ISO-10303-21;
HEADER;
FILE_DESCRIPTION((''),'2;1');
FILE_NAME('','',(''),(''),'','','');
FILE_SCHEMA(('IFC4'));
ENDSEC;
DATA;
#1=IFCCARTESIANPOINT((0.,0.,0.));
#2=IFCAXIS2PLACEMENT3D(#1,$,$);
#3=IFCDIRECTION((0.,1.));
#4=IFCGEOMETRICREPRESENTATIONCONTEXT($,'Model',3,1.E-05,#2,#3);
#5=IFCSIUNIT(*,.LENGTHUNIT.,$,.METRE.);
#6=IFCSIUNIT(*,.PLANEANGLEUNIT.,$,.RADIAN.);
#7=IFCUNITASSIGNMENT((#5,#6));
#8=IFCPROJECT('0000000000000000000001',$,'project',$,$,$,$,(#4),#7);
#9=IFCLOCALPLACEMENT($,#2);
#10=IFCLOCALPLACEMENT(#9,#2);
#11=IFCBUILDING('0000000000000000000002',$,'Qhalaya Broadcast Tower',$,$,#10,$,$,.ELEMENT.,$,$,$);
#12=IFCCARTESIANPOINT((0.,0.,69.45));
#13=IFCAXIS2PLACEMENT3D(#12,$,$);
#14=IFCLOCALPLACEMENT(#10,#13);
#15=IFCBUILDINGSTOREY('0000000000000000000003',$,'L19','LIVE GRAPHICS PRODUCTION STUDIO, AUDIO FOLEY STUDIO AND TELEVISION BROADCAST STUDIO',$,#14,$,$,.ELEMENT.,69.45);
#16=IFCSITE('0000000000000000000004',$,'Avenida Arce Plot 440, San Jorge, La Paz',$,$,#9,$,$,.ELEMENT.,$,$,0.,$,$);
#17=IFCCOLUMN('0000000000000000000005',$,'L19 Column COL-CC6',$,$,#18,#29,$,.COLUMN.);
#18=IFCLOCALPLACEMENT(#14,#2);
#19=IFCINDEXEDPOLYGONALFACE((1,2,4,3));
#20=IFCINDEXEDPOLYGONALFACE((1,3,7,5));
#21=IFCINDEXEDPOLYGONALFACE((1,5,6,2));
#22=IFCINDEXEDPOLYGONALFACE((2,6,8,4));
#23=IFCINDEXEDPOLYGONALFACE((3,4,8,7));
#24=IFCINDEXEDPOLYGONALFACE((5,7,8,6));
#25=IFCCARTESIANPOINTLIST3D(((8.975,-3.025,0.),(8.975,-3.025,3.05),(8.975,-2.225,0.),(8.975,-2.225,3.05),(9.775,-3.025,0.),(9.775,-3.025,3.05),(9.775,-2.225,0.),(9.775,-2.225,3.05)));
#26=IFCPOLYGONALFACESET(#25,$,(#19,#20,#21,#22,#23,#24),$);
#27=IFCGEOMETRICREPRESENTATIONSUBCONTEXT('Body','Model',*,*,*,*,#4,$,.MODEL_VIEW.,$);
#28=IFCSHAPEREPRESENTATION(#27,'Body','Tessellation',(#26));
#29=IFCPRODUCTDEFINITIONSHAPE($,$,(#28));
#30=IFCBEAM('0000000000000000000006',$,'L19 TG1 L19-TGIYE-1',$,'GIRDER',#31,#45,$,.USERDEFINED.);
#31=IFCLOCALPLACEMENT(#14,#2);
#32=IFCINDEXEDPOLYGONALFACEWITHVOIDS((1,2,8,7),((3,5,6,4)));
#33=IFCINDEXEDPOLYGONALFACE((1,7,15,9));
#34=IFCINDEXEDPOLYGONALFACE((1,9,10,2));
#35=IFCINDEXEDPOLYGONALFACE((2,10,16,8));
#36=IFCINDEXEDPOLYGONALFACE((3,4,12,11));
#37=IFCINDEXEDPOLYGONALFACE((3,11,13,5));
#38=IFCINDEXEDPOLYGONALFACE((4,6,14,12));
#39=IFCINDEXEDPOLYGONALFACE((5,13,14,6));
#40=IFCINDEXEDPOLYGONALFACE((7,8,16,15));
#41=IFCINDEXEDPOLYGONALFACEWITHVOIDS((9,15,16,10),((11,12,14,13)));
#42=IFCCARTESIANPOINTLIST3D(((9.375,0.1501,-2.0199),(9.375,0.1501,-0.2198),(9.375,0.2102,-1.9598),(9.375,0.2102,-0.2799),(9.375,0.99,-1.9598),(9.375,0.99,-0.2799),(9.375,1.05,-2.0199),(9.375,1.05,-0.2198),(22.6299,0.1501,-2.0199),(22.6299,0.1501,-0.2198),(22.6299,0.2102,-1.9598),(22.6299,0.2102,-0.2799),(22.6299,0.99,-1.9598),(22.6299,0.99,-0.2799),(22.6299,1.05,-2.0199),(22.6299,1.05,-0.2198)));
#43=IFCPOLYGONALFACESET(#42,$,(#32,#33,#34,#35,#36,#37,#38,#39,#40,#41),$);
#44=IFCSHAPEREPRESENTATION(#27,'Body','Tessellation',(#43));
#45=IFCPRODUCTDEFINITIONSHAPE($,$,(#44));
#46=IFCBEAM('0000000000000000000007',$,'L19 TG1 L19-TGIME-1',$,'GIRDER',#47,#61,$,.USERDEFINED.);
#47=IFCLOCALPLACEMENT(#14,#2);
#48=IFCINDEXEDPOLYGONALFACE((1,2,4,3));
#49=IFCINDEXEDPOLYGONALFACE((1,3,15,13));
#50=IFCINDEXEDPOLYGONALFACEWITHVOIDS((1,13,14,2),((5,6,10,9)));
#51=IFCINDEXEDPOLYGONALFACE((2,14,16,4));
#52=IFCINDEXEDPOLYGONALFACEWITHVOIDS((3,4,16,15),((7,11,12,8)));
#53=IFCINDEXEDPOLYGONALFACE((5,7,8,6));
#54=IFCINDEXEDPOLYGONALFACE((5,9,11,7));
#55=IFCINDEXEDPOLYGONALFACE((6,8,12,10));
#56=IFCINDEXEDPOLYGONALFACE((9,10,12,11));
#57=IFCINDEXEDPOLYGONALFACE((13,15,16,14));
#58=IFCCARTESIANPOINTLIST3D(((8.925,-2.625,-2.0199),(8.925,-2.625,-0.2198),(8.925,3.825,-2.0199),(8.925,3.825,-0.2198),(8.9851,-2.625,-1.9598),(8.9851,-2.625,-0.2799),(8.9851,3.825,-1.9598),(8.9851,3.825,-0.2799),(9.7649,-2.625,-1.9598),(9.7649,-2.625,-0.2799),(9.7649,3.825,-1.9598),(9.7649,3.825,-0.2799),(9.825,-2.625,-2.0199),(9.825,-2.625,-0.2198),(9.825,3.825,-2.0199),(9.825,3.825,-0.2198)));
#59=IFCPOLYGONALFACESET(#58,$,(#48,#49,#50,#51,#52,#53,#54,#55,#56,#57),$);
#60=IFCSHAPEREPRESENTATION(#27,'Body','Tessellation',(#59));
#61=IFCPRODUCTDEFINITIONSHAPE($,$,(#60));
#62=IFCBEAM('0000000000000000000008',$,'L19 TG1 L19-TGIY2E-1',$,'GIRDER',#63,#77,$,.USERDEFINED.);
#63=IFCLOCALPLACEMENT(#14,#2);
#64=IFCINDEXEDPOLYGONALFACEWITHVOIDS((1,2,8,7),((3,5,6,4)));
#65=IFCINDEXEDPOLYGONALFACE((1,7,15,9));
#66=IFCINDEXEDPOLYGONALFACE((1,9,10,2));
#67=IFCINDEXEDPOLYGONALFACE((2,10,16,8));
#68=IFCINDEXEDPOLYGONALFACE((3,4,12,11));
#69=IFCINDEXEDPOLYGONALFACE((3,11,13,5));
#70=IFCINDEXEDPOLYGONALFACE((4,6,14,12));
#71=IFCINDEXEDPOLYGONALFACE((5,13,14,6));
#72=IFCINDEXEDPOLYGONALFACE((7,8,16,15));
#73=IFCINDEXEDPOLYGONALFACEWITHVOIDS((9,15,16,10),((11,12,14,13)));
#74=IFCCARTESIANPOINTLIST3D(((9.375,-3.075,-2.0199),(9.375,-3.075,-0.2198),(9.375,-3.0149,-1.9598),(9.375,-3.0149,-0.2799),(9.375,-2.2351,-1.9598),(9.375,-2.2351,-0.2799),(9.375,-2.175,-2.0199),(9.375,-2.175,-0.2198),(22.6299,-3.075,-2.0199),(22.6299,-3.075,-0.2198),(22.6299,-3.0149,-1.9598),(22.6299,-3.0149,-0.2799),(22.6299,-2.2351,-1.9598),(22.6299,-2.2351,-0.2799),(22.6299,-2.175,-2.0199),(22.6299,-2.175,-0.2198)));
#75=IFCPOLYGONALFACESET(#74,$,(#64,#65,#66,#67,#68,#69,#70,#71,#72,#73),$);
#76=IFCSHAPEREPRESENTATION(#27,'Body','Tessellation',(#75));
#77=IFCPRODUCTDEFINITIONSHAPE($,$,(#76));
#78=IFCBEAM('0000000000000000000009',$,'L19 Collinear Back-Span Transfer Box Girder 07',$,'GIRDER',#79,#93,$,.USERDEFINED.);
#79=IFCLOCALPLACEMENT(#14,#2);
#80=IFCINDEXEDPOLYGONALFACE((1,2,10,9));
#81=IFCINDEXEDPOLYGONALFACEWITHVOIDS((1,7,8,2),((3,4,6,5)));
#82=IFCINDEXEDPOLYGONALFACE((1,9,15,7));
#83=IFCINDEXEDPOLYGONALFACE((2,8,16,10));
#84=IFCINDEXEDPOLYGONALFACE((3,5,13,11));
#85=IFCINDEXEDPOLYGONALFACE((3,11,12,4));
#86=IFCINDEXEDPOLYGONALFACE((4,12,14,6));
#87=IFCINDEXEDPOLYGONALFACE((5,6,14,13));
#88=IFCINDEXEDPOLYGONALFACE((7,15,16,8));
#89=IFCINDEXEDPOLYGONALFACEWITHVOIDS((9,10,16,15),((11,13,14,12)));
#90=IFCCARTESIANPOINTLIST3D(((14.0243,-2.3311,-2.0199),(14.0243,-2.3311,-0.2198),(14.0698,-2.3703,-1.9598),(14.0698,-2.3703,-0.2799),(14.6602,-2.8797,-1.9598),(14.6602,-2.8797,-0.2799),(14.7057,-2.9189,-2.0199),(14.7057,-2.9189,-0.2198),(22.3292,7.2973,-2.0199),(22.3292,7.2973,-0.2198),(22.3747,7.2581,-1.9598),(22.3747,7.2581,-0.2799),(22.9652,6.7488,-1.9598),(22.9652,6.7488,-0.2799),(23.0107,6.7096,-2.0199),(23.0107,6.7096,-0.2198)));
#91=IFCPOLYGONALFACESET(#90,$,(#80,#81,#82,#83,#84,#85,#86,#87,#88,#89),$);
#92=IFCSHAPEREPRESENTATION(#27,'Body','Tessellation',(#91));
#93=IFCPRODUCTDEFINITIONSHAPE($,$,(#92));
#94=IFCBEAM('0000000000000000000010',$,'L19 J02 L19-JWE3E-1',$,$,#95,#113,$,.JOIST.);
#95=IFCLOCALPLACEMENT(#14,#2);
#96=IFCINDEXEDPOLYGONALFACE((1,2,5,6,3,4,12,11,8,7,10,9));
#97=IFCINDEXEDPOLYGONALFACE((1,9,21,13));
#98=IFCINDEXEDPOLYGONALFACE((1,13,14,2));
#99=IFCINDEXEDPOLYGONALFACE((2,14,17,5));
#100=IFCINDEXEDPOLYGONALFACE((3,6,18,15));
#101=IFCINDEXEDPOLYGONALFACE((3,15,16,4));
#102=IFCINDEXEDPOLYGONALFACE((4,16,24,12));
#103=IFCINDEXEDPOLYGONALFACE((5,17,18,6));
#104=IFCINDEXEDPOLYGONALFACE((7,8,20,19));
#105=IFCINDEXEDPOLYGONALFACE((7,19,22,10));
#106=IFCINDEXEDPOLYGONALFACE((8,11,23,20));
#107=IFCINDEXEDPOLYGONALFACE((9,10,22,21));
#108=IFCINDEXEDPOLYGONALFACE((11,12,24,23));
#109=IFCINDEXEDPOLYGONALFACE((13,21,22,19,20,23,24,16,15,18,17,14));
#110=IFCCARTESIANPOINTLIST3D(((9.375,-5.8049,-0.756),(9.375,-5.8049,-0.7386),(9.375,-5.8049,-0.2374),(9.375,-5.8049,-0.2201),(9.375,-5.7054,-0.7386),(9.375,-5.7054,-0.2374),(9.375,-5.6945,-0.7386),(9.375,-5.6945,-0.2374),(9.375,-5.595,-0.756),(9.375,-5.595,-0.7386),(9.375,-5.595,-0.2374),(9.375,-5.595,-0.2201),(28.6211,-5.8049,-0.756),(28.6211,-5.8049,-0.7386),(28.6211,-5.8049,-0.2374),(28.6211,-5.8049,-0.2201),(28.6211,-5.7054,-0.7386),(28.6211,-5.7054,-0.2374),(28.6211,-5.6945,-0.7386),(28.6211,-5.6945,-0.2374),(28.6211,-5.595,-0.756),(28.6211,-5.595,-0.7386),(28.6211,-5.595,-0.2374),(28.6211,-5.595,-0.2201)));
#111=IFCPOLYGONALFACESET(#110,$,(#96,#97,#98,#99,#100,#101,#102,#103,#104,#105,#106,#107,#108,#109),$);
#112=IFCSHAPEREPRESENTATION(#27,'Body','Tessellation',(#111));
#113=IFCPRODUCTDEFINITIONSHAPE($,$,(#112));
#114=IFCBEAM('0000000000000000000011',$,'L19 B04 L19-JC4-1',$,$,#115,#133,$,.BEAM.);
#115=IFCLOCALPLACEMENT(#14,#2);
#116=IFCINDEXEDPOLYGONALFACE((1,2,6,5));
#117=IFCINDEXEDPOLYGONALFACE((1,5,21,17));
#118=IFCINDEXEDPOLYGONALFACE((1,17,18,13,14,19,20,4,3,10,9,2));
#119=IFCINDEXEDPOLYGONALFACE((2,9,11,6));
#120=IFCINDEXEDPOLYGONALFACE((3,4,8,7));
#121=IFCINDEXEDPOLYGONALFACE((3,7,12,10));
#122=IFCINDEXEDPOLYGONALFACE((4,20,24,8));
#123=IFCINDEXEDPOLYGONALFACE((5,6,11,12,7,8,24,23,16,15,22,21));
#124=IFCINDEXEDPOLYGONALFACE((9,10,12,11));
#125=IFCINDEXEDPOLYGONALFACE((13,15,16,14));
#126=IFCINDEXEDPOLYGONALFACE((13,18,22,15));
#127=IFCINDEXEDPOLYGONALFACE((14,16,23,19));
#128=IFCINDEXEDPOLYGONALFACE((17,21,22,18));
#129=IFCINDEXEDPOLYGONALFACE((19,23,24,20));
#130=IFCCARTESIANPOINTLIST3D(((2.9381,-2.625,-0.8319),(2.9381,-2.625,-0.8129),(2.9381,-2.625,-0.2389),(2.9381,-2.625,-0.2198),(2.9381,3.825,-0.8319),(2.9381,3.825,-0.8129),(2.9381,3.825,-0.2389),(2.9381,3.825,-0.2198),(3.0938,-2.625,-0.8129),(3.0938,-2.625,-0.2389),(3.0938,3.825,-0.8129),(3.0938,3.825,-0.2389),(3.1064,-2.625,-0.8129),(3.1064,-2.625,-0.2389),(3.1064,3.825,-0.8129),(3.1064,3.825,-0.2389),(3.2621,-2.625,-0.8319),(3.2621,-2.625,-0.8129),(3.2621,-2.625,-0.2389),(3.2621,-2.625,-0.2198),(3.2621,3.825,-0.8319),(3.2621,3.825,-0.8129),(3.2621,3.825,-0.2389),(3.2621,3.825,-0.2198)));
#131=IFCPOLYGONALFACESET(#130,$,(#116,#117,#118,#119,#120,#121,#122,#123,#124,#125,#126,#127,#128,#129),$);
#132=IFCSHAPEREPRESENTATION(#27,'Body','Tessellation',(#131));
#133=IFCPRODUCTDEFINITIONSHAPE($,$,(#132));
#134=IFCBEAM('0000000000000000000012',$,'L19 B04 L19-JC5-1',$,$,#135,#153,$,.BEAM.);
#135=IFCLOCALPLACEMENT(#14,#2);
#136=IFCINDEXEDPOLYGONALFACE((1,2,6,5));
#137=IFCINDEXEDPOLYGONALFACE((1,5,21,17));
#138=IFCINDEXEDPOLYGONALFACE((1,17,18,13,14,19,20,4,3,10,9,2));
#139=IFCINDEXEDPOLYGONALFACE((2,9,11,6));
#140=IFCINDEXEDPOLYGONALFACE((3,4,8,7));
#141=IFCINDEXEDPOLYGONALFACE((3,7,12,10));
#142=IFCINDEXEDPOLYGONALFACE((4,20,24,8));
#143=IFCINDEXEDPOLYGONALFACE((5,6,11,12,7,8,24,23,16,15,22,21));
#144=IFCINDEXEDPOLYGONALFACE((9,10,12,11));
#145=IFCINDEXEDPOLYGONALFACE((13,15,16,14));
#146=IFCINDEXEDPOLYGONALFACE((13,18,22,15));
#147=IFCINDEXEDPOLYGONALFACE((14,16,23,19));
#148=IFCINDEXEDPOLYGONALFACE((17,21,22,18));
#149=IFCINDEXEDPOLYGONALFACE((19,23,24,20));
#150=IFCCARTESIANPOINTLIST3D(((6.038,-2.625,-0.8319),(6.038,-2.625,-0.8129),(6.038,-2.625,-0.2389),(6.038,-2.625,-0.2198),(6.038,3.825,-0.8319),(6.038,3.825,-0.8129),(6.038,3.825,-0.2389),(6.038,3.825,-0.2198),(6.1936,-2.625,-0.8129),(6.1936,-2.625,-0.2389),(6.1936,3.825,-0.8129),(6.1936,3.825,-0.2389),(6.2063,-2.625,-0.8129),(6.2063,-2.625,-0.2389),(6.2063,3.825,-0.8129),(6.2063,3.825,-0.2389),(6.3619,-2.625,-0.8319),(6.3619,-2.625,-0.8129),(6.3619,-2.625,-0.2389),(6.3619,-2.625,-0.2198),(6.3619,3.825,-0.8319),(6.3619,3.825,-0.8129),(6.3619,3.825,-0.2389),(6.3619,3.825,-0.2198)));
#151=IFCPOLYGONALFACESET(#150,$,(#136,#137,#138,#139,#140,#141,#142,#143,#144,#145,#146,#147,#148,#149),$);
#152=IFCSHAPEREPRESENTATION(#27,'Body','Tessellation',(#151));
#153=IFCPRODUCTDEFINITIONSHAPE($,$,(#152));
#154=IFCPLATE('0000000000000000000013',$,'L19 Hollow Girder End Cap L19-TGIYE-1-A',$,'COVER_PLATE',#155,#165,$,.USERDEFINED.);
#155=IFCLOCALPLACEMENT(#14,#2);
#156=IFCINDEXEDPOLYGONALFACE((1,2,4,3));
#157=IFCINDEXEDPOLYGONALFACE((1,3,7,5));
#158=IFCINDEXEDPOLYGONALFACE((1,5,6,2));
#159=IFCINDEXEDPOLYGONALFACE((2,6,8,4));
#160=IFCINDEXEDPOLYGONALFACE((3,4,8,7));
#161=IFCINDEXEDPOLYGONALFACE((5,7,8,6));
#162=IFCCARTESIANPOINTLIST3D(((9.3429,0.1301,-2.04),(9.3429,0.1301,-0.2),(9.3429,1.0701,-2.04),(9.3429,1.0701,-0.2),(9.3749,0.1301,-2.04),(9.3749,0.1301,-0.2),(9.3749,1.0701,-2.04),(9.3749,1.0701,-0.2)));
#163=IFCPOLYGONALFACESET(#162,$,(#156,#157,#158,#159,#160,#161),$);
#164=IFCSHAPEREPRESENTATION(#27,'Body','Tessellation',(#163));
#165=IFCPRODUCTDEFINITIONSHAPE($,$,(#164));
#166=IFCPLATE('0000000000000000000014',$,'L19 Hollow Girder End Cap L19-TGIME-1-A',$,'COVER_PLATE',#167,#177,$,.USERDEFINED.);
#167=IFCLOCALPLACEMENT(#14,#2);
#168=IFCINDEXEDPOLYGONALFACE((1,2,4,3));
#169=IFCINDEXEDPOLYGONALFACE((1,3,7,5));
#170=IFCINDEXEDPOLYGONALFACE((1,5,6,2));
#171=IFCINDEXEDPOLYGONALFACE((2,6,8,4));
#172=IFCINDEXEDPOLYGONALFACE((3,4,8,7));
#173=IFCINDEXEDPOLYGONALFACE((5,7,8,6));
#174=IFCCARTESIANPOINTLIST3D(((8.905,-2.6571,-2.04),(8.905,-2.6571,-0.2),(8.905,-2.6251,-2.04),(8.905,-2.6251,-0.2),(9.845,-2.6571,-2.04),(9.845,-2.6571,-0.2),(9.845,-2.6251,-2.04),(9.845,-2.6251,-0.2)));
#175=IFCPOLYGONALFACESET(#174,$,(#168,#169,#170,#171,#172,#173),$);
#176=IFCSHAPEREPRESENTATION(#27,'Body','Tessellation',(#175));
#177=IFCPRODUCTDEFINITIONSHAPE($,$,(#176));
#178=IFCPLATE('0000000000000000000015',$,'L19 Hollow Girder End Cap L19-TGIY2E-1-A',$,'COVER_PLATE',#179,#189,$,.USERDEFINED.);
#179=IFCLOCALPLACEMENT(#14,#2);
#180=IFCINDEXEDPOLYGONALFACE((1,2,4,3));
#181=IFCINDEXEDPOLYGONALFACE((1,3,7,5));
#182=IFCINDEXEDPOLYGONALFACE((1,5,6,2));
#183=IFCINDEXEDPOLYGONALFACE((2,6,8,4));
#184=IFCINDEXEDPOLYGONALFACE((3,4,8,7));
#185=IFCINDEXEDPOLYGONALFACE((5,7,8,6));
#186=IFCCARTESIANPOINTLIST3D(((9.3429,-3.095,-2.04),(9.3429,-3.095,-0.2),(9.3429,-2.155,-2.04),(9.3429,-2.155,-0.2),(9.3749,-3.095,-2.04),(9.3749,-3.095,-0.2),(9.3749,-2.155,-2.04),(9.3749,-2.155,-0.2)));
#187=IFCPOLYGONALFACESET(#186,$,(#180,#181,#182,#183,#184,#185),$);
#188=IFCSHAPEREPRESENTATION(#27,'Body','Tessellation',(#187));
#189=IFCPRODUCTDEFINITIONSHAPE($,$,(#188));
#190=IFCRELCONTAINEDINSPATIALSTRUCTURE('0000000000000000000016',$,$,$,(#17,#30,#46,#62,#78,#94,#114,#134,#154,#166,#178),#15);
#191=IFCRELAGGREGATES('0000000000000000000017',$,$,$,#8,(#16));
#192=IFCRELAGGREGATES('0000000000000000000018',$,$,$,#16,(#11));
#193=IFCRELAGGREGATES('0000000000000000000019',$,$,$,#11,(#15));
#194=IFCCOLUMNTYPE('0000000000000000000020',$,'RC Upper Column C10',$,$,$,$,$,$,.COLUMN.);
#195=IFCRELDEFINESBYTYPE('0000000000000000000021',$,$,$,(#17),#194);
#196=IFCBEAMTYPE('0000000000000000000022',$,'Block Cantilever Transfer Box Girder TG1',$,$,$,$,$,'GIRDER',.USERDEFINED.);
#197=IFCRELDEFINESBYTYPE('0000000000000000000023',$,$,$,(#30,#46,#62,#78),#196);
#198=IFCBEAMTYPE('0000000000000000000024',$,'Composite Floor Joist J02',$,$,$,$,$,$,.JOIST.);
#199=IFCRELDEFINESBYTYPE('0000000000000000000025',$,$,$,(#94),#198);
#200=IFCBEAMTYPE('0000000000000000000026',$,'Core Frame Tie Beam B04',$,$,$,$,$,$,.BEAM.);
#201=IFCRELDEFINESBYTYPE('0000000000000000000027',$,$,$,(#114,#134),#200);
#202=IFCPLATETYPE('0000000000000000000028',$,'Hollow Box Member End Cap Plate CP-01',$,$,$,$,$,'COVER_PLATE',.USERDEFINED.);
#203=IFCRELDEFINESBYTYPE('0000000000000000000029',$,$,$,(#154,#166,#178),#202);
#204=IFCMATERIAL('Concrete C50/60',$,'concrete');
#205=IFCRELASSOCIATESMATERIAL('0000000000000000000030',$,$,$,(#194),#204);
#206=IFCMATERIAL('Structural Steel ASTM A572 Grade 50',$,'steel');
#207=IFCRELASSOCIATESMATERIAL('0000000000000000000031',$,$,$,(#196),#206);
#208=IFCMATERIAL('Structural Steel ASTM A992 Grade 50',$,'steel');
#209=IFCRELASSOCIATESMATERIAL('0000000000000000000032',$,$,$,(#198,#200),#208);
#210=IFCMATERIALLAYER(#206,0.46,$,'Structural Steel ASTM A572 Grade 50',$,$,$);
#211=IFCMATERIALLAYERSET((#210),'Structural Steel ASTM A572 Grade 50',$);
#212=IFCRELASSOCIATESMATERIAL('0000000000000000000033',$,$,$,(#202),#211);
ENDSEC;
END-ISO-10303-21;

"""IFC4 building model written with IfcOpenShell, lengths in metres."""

from ifc_helpers import new_model, si_unit, direction, frame, origin, origin_2d, place, context, subcontext, project, spatial, rectangle, hollow_rectangle, i_section, extrude, material, layer, layer_set, material_profile, profile_set, type_object, element, save


model = new_model("IFC4")

# Units and contexts
model_context = context("Model", 3, precision=1e-05, world=origin(), true_north=direction((0.0, 1.0)))
body_context = subcontext(model_context, "Body", "Model", "MODEL_VIEW")
ifc_project = project(units=[si_unit("LENGTHUNIT", "METRE"), si_unit("PLANEANGLEUNIT", "RADIAN")], contexts=[model_context])

# Site, building, storey
site_placement = place(None, origin())
site = spatial("IfcSite", under=ifc_project, at=site_placement, Name="Avenida Arce Plot 440, San Jorge, La Paz", CompositionType="ELEMENT", RefElevation=0.0)
building_placement = place(site_placement, origin())
building = spatial("IfcBuilding", under=site, at=building_placement, Name="Qhalaya Broadcast Tower", CompositionType="ELEMENT")
storey_placement = place(building_placement, frame((0.0, 0.0, 69.45)))
storey = spatial("IfcBuildingStorey", under=building, at=storey_placement, Name="L19", Description="LIVE GRAPHICS PRODUCTION STUDIO, AUDIO FOLEY STUDIO AND TELEVISION BROADCAST STUDIO", CompositionType="ELEMENT", Elevation=69.45)

# Column
ifc_material_1 = material(Name="Concrete C50/60", Category="concrete")
ifc_material_profile_1 = material_profile(ifc_material_1, rectangle(XDim=0.8, YDim=0.8, at=origin_2d()), Name="RC-COL 800x800")
ifc_profile_set_1 = profile_set([ifc_material_profile_1], Name="Concrete C50/60")
column_type = type_object("IfcColumnType", Name="RC Upper Column C10", PredefinedType="COLUMN", material=ifc_profile_set_1)
column_placement = place(storey_placement, frame((9.375, -2.625, 0.0), z_axis=(0.0, 0.0, 1.0), x_axis=(1.0, 0.0, 0.0)))
element("IfcColumn", 1, at=column_placement, inside=storey, type_object=column_type, Name="L19 Column COL-CC6", PredefinedType="COLUMN", context=body_context, shape_type="SweptSolid", body=[
    extrude(rectangle(XDim=0.8, YDim=0.8, at=origin_2d()), origin(), (0.0, 0.0, 1.0), 3.05),
])

# Beams
ifc_material_2 = material(Name="Structural Steel ASTM A572 Grade 50", Category="steel")
ifc_material_profile_2 = material_profile(ifc_material_2, hollow_rectangle(XDim=0.8999, YDim=1.8, WallThickness=0.0601, at=origin_2d()), Name="BOX 900x1800x60")
ifc_profile_set_2 = profile_set([ifc_material_profile_2], Name="Structural Steel ASTM A572 Grade 50")
beam_type_1 = type_object("IfcBeamType", Name="Block Cantilever Transfer Box Girder TG1", ElementType="GIRDER", PredefinedType="USERDEFINED", material=ifc_profile_set_2)
beam_1_placement = place(storey_placement, frame((9.375, 0.6001, -1.1199), z_axis=(1.0, 0.0, 0.0), x_axis=(0.0, 1.0, 0.0)))
element("IfcBeam", 2, at=beam_1_placement, inside=storey, type_object=beam_type_1, Name="L19 TG1 L19-TGIYE-1", ObjectType="GIRDER", PredefinedType="USERDEFINED", context=body_context, shape_type="SweptSolid", body=[
    extrude(hollow_rectangle(XDim=0.8999, YDim=1.8, WallThickness=0.0601, at=origin_2d()), origin(), (0.0, 0.0, 1.0), 13.2549),
])
beam_2_placement = place(storey_placement, frame((9.375, -2.625, -1.1199), z_axis=(0.0, 1.0, 0.0), x_axis=(-1.0, 0.0, 0.0)))
element("IfcBeam", 3, at=beam_2_placement, inside=storey, type_object=beam_type_1, Name="L19 TG1 L19-TGIME-1", ObjectType="GIRDER", PredefinedType="USERDEFINED", context=body_context, shape_type="SweptSolid", body=[
    extrude(hollow_rectangle(XDim=0.8999, YDim=1.8, WallThickness=0.0601, at=origin_2d()), origin(), (0.0, 0.0, 1.0), 6.45),
])
beam_3_placement = place(storey_placement, frame((9.375, -2.625, -1.1199), z_axis=(1.0, 0.0, 0.0), x_axis=(0.0, 1.0, 0.0)))
element("IfcBeam", 4, at=beam_3_placement, inside=storey, type_object=beam_type_1, Name="L19 TG1 L19-TGIY2E-1", ObjectType="GIRDER", PredefinedType="USERDEFINED", context=body_context, shape_type="SweptSolid", body=[
    extrude(hollow_rectangle(XDim=0.8999, YDim=1.8, WallThickness=0.0601, at=origin_2d()), origin(), (0.0, 0.0, 1.0), 13.2549),
])
beam_4_placement = place(storey_placement, frame((14.365, -2.625, -1.1199), z_axis=(0.653146, 0.757232, 0.0), x_axis=(-0.757232, 0.653146, 0.0)))
element("IfcBeam", 5, at=beam_4_placement, inside=storey, type_object=beam_type_1, Name="L19 Collinear Back-Span Transfer Box Girder 07", ObjectType="GIRDER", PredefinedType="USERDEFINED", context=body_context, shape_type="SweptSolid", body=[
    extrude(hollow_rectangle(XDim=0.8999, YDim=1.8, WallThickness=0.0601, at=origin_2d()), origin(), (0.0, 0.0, 1.0), 12.7153),
])
ifc_material_3 = material(Name="Structural Steel ASTM A992 Grade 50", Category="steel")
ifc_material_profile_3 = material_profile(ifc_material_3, i_section(OverallWidth=0.21, OverallDepth=0.5359, WebThickness=0.011, FlangeThickness=0.0173, at=origin_2d()), Name="W21X68")
ifc_profile_set_3 = profile_set([ifc_material_profile_3], Name="Structural Steel ASTM A992 Grade 50")
beam_type_2 = type_object("IfcBeamType", Name="Composite Floor Joist J02", PredefinedType="JOIST", material=ifc_profile_set_3)
beam_5_placement = place(storey_placement, frame((9.375, -5.7, -0.488), z_axis=(1.0, 0.0, 0.0), x_axis=(0.0, 1.0, 0.0)))
element("IfcBeam", 6, at=beam_5_placement, inside=storey, type_object=beam_type_2, Name="L19 J02 L19-JWE3E-1", PredefinedType="JOIST", context=body_context, shape_type="SweptSolid", body=[
    extrude(i_section(OverallWidth=0.21, OverallDepth=0.5359, WebThickness=0.011, FlangeThickness=0.0173, at=origin_2d()), origin(), (0.0, 0.0, 1.0), 19.2461),
])
ifc_material_profile_4 = material_profile(ifc_material_3, i_section(OverallWidth=0.324, OverallDepth=0.6121, WebThickness=0.0127, FlangeThickness=0.019, at=origin_2d()), Name="W24X104")
ifc_profile_set_4 = profile_set([ifc_material_profile_4], Name="Structural Steel ASTM A992 Grade 50")
beam_type_3 = type_object("IfcBeamType", Name="Core Frame Tie Beam B04", PredefinedType="BEAM", material=ifc_profile_set_4)
for number, where, z_axis, x_axis, name in (
    (7, (3.1001, -2.625, -0.5259), (0.0, 1.0, 0.0), (-1.0, 0.0, 0.0), "L19 B04 L19-JC4-1"),
    (8, (6.2, -2.625, -0.5259), (0.0, 1.0, 0.0), (-1.0, 0.0, 0.0), "L19 B04 L19-JC5-1"),
):
    element("IfcBeam", number, at=place(storey_placement, frame(where, z_axis=z_axis, x_axis=x_axis)), inside=storey, type_object=beam_type_3, Name=name, PredefinedType="BEAM", context=body_context, shape_type="SweptSolid", body=[
        extrude(i_section(OverallWidth=0.324, OverallDepth=0.6121, WebThickness=0.0127, FlangeThickness=0.019, at=origin_2d()), origin(), (0.0, 0.0, 1.0), 6.45),
    ])

# Plates
ifc_layer_1 = layer(ifc_material_2, 0.46, Name="Structural Steel ASTM A572 Grade 50")
ifc_layer_set_1 = layer_set([ifc_layer_1], Name="Structural Steel ASTM A572 Grade 50")
plate_type = type_object("IfcPlateType", Name="Hollow Box Member End Cap Plate CP-01", ElementType="COVER_PLATE", PredefinedType="USERDEFINED", material=ifc_layer_set_1)
for number, where, z_axis, x_axis, name in (
    (9, (9.3589, 0.6001, -2.04), (0.0, 0.0, 1.0), (0.0, 1.0, 0.0), "L19 Hollow Girder End Cap L19-TGIYE-1-A"),
    (10, (9.375, -2.6411, -2.04), (0.0, 0.0, 1.0), (-1.0, 0.0, 0.0), "L19 Hollow Girder End Cap L19-TGIME-1-A"),
    (11, (9.3589, -2.625, -2.04), (0.0, 0.0, 1.0), (0.0, 1.0, 0.0), "L19 Hollow Girder End Cap L19-TGIY2E-1-A"),
):
    element("IfcPlate", number, at=place(storey_placement, frame(where, z_axis=z_axis, x_axis=x_axis)), inside=storey, type_object=plate_type, Name=name, ObjectType="COVER_PLATE", PredefinedType="USERDEFINED", context=body_context, shape_type="SweptSolid", body=[
        extrude(rectangle(XDim=0.9399, YDim=0.032, at=origin_2d()), origin(), (0.0, 0.0, 1.0), 1.8401),
    ])

save(model, "model.ifc")
